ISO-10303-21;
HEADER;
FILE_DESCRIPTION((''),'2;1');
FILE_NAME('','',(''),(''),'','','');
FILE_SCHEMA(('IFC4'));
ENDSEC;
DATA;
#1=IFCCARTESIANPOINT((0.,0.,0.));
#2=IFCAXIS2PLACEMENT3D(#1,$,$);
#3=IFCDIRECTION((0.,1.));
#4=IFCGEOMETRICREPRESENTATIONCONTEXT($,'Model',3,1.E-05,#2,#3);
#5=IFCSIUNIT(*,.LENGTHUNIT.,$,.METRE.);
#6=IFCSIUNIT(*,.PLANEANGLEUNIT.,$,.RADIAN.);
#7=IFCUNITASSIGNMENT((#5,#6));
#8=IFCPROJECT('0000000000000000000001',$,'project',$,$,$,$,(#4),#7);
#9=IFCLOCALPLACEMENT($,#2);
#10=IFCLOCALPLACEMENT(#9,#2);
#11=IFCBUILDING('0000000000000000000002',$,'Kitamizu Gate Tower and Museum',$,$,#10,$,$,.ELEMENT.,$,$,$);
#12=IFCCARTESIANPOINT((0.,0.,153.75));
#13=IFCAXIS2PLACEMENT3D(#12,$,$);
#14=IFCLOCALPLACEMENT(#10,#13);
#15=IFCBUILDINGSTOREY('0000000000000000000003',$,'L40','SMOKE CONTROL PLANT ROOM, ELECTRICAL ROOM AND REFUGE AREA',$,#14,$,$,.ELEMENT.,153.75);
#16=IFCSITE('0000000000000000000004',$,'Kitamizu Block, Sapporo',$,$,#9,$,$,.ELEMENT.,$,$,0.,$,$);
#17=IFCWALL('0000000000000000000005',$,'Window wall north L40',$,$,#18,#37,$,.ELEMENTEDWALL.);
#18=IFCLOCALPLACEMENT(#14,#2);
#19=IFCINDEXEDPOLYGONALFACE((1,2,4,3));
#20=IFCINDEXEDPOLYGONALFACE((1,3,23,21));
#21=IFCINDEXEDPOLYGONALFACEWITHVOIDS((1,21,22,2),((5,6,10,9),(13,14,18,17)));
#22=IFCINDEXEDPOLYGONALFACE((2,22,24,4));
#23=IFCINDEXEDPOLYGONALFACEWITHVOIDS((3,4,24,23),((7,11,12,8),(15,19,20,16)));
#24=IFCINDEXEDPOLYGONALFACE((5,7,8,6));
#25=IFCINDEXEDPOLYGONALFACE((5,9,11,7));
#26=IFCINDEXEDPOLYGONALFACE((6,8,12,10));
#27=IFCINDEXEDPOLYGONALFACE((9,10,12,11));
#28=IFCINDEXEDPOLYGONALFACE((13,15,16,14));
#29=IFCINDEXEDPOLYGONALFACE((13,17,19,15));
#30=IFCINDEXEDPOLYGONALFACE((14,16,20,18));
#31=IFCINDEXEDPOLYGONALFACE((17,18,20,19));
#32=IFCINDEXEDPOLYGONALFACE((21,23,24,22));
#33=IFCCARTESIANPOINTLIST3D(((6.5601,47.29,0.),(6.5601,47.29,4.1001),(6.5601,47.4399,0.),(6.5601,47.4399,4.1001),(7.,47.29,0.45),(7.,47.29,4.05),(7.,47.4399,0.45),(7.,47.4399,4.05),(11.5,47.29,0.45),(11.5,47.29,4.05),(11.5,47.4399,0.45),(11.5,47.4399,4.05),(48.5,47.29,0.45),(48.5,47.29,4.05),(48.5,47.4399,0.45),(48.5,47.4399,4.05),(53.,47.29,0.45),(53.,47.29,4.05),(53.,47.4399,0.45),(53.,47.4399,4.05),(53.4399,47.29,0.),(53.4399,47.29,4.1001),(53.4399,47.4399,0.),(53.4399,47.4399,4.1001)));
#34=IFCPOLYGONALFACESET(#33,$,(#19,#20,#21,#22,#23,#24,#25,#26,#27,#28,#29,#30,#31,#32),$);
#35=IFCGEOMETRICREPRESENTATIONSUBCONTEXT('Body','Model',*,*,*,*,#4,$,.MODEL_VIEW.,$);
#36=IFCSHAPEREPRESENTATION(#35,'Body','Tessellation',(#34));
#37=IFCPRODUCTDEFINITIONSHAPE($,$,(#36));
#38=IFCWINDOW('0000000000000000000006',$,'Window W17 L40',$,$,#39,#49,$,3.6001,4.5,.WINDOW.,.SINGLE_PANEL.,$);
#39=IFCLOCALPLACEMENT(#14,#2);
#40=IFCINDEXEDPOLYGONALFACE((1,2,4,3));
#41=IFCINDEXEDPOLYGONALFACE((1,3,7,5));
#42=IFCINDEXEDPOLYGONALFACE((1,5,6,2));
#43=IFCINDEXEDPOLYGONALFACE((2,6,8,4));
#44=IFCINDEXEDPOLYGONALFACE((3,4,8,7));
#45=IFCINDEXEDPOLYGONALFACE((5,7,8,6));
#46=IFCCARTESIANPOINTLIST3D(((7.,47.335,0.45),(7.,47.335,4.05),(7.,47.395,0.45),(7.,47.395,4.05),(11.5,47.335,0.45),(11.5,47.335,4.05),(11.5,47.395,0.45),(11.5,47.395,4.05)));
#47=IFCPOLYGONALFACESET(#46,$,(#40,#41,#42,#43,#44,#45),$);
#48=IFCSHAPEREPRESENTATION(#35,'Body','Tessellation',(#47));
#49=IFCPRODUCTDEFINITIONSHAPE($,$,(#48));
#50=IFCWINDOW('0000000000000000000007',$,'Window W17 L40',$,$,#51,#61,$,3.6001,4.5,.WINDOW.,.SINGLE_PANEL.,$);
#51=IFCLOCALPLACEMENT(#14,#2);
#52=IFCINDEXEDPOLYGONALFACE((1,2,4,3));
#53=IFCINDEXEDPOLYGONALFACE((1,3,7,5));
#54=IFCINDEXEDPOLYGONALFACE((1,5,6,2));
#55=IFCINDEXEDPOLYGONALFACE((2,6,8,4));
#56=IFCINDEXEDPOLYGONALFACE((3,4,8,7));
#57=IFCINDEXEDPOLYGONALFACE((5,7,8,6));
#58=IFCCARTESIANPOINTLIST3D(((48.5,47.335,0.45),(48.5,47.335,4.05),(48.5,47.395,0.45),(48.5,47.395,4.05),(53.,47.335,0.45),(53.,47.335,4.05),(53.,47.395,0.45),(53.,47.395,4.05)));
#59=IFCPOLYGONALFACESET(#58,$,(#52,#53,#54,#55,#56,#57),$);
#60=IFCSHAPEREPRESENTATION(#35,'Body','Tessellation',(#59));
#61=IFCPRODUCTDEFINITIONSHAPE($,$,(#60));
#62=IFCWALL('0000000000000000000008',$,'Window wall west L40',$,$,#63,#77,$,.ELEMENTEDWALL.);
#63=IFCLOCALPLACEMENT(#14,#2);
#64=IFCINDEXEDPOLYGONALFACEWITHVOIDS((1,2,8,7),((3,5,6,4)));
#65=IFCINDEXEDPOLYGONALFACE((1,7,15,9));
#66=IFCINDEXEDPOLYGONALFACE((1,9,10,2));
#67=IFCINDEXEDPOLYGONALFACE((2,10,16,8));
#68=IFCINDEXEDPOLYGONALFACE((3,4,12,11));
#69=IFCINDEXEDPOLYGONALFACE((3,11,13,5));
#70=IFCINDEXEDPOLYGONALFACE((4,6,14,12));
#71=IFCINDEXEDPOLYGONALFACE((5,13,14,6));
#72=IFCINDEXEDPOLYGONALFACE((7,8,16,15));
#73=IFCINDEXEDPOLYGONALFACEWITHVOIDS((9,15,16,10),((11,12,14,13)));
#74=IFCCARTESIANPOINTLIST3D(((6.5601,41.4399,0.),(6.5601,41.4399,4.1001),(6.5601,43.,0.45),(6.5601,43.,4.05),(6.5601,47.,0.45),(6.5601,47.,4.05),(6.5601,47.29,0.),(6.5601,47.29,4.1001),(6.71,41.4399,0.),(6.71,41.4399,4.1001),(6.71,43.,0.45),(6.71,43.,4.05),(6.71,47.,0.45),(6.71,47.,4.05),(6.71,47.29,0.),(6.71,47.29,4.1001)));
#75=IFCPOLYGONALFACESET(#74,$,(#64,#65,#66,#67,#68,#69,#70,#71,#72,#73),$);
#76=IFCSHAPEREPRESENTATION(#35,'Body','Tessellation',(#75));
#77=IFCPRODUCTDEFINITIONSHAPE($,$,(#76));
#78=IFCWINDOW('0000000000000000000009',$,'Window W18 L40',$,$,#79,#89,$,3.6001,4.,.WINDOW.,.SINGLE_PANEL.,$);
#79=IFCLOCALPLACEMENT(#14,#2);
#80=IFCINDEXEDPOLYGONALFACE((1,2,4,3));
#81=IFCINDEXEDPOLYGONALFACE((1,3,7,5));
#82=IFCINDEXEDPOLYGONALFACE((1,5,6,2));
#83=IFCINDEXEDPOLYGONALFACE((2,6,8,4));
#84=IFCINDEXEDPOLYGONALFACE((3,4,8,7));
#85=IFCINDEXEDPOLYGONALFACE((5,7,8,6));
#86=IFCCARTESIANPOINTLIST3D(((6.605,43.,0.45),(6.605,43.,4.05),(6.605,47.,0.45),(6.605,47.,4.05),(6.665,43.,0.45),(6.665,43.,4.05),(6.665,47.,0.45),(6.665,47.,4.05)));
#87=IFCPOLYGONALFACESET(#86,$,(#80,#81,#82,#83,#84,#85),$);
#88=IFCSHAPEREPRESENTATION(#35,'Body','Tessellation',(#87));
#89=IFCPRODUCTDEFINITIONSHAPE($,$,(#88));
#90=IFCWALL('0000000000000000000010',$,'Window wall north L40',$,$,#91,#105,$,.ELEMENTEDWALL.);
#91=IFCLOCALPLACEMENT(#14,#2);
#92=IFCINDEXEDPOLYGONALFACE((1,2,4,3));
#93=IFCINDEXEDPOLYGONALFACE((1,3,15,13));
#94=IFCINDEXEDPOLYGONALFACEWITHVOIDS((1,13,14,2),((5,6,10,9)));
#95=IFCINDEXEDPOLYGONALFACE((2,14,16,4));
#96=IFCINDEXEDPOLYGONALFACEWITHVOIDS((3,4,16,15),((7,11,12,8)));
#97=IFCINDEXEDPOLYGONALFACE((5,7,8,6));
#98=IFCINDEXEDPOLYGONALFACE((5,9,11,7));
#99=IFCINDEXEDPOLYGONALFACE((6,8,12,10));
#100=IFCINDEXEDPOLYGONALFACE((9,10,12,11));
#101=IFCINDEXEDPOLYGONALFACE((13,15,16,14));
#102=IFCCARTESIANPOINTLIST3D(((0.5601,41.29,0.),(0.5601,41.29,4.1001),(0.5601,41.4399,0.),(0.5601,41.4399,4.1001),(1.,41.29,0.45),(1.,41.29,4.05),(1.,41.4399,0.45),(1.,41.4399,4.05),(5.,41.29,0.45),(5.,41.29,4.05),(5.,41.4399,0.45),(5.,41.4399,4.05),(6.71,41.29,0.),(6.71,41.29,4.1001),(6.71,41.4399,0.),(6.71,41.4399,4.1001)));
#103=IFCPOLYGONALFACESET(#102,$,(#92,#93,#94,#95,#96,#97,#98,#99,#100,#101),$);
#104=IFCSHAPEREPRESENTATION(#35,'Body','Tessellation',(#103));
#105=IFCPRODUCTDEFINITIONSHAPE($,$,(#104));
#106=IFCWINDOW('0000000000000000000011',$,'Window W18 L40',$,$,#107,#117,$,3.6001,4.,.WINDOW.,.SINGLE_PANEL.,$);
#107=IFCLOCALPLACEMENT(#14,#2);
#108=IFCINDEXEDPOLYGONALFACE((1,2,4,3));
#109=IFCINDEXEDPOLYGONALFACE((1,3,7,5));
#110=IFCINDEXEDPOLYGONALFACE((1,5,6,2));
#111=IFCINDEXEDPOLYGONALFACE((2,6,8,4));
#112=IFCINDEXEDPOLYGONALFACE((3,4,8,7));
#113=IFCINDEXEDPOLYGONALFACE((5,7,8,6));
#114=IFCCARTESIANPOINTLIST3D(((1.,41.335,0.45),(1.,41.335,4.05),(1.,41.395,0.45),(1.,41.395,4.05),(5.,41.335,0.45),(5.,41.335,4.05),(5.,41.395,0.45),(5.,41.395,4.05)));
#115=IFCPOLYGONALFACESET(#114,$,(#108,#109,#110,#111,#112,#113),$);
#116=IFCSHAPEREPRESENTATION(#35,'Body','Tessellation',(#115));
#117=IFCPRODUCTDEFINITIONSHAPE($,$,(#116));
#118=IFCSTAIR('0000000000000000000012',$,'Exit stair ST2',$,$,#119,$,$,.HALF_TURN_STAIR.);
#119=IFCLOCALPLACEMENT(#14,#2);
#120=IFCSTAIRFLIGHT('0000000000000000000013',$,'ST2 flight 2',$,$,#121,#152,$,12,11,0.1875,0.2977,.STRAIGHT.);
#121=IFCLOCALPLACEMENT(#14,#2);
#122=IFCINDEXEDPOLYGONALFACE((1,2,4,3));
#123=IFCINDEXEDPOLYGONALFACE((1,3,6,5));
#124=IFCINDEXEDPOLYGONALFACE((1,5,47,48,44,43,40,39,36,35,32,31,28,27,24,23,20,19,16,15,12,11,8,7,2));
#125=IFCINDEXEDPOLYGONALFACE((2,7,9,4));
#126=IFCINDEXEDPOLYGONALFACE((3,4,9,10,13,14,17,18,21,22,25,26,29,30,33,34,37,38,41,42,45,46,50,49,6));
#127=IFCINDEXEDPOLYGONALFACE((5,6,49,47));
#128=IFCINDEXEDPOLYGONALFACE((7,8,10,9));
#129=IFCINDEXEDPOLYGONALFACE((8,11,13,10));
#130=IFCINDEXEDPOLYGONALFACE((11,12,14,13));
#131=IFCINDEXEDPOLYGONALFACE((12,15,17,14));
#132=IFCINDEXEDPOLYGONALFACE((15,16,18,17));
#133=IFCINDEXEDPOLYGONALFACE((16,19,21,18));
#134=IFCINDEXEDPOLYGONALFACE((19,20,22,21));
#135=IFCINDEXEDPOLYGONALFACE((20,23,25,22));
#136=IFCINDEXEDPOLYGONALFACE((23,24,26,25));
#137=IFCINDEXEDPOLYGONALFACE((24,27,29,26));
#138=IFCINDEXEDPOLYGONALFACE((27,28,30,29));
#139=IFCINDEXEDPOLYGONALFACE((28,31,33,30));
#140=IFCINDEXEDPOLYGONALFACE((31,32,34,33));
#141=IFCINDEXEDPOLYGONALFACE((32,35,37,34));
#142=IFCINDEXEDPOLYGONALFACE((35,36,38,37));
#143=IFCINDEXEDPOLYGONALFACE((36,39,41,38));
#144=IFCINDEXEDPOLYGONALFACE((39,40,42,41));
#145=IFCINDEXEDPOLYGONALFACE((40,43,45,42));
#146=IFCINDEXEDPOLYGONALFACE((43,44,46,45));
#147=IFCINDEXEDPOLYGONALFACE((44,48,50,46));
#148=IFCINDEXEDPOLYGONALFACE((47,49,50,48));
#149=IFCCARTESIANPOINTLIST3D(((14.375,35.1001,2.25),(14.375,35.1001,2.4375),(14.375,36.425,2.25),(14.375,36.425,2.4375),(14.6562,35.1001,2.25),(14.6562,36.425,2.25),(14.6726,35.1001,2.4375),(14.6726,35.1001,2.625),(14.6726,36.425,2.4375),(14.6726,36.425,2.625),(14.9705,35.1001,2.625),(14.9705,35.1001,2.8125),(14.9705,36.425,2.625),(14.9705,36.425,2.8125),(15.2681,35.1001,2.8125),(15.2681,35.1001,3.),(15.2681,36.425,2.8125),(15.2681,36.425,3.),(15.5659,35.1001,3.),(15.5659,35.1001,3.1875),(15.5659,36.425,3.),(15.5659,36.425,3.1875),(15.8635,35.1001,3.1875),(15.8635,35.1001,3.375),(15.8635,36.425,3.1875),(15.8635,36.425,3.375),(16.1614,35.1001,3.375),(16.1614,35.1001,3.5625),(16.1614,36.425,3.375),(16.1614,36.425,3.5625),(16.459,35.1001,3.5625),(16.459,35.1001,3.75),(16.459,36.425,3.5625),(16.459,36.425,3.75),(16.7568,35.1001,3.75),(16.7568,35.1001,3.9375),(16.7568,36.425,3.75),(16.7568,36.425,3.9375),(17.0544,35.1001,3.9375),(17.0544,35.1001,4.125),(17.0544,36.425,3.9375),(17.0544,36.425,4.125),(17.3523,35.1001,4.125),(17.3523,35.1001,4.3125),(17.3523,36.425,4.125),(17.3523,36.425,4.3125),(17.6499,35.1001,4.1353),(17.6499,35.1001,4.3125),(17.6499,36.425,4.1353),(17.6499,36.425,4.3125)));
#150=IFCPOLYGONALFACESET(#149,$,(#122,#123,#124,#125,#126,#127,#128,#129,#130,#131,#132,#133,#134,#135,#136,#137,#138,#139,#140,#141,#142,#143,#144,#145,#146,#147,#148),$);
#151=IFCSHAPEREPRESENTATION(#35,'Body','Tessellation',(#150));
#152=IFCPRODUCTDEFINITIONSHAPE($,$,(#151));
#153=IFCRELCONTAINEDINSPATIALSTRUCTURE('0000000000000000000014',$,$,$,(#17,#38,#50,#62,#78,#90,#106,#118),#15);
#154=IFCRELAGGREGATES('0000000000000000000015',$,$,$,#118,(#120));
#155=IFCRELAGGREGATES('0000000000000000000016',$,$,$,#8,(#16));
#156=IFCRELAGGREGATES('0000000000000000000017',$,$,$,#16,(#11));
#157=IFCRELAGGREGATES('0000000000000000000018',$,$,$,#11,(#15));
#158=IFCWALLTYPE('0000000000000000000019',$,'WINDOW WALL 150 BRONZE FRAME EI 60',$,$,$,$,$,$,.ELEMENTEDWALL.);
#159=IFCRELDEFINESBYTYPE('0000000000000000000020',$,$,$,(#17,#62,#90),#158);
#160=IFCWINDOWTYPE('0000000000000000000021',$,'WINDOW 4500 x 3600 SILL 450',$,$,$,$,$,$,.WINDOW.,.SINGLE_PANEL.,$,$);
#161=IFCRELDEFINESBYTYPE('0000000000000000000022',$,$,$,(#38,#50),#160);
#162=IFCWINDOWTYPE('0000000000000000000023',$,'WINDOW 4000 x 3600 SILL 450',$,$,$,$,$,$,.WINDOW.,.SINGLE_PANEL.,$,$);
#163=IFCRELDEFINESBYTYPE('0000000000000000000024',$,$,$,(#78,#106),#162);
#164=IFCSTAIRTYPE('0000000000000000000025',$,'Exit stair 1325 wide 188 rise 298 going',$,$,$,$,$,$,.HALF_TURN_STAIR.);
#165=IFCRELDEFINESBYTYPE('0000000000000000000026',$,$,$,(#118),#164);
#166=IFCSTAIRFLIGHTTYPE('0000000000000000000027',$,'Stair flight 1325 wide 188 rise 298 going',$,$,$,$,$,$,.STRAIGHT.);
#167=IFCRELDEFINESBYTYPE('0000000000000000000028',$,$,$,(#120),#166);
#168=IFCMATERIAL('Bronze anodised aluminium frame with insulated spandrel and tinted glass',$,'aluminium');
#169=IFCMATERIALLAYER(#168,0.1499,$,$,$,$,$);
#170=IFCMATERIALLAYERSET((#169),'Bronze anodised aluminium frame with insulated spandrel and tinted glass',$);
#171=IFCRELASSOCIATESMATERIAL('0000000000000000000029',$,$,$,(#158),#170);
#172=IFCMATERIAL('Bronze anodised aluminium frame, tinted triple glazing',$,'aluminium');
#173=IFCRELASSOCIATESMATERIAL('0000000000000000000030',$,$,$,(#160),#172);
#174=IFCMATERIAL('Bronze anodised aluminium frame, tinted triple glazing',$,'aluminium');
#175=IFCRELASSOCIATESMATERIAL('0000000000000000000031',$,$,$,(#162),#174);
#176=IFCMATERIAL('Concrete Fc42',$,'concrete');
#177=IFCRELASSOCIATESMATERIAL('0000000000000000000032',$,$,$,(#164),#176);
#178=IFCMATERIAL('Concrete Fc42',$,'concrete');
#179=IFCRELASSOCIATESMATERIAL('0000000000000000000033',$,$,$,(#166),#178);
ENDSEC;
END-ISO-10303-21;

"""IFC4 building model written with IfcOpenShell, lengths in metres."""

from ifc_helpers import new_model, si_unit, direction, frame, frame_2d, origin, place, context, subcontext, project, spatial, polyline, rectangle, outline, extrude, material, layer, layer_set, type_object, element, fill, aggregate, save


model = new_model("IFC4")

# Units and contexts
model_context = context("Model", 3, precision=1e-05, world=origin(), true_north=direction((0.0, 1.0)))
body_context = subcontext(model_context, "Body", "Model", "MODEL_VIEW")
ifc_project = project(units=[si_unit("LENGTHUNIT", "METRE"), si_unit("PLANEANGLEUNIT", "RADIAN")], contexts=[model_context])

# Site, building, storey
site_placement = place(None, origin())
site = spatial("IfcSite", under=ifc_project, at=site_placement, Name="Kitamizu Block, Sapporo", CompositionType="ELEMENT", RefElevation=0.0)
building_placement = place(site_placement, origin())
building = spatial("IfcBuilding", under=site, at=building_placement, Name="Kitamizu Gate Tower and Museum", CompositionType="ELEMENT")
storey_placement = place(building_placement, frame((0.0, 0.0, 153.75)))
storey = spatial("IfcBuildingStorey", under=building, at=storey_placement, Name="L40", Description="SMOKE CONTROL PLANT ROOM, ELECTRICAL ROOM AND REFUGE AREA", CompositionType="ELEMENT", Elevation=153.75)

# Wall, openings, windows
ifc_material_1 = material(Name="Bronze anodised aluminium frame with insulated spandrel and tinted glass", Category="aluminium")
ifc_layer_1 = layer(ifc_material_1, 0.1499)
ifc_layer_set_1 = layer_set([ifc_layer_1], Name="Bronze anodised aluminium frame with insulated spandrel and tinted glass")
wall_type_1 = type_object("IfcWallType", Name="WINDOW WALL 150 BRONZE FRAME EI 60", PredefinedType="ELEMENTEDWALL", material=ifc_layer_set_1)
wall_1_placement = place(storey_placement, frame((6.5601, 47.365, 0.0), z_axis=(0.0, 0.0, 1.0), x_axis=(1.0, 0.0, 0.0)))
wall_1 = element("IfcWall", 1, at=wall_1_placement, inside=storey, type_object=wall_type_1, Name="Window wall north L40", PredefinedType="ELEMENTEDWALL", context=body_context, shape_type="SweptSolid", body=[
    extrude(rectangle(XDim=46.8799, YDim=0.1499, at=frame_2d((23.4399, 0.0))), origin(), (0.0, 0.0, 1.0), 4.1001),
])
opening_1_placement = place(wall_1_placement, frame((0.4399, 0.0, 0.45)))
opening_1 = element("IfcOpeningElement", 2, at=opening_1_placement, cuts=wall_1, PredefinedType="OPENING", context=body_context, shape_type="SweptSolid", body=[
    extrude(rectangle(XDim=4.5, YDim=3.6001, at=frame_2d((2.25, 1.8))), frame((0.0, 0.085, 0.0), z_axis=(0.0, -1.0, 0.0), x_axis=(1.0, 0.0, 0.0)), (0.0, 0.0, 1.0), 0.1699),
])
opening_2_placement = place(wall_1_placement, frame((41.9399, 0.0, 0.45)))
opening_2 = element("IfcOpeningElement", 3, at=opening_2_placement, cuts=wall_1, PredefinedType="OPENING", context=body_context, shape_type="SweptSolid", body=[
    extrude(rectangle(XDim=4.5, YDim=3.6001, at=frame_2d((2.25, 1.8))), frame((0.0, 0.085, 0.0), z_axis=(0.0, -1.0, 0.0), x_axis=(1.0, 0.0, 0.0)), (0.0, 0.0, 1.0), 0.1699),
])
ifc_material_2 = material(Name="Bronze anodised aluminium frame, tinted triple glazing", Category="aluminium")
window_type_1 = type_object("IfcWindowType", Name="WINDOW 4500 x 3600 SILL 450", PartitioningType="SINGLE_PANEL", PredefinedType="WINDOW", material=ifc_material_2)
window_1_placement = place(opening_1_placement, origin())
window_1 = element("IfcWindow", 4, at=window_1_placement, inside=storey, type_object=window_type_1, Name="Window W17 L40", OverallHeight=3.6001, OverallWidth=4.5, PartitioningType="SINGLE_PANEL", PredefinedType="WINDOW", context=body_context, shape_type="SweptSolid", body=[
    extrude(rectangle(XDim=4.5, YDim=3.6001, at=frame_2d((2.25, 1.8))), frame((0.0, 0.03, 0.0), z_axis=(0.0, -1.0, 0.0), x_axis=(1.0, 0.0, 0.0)), (0.0, 0.0, 1.0), 0.0601),
])
fill(opening_1, window_1)
window_2_placement = place(opening_2_placement, origin())
window_2 = element("IfcWindow", 5, at=window_2_placement, inside=storey, type_object=window_type_1, Name="Window W17 L40", OverallHeight=3.6001, OverallWidth=4.5, PartitioningType="SINGLE_PANEL", PredefinedType="WINDOW", context=body_context, shape_type="SweptSolid", body=[
    extrude(rectangle(XDim=4.5, YDim=3.6001, at=frame_2d((2.25, 1.8))), frame((0.0, 0.03, 0.0), z_axis=(0.0, -1.0, 0.0), x_axis=(1.0, 0.0, 0.0)), (0.0, 0.0, 1.0), 0.0601),
])
fill(opening_2, window_2)

# Walls, openings, windows
wall_2_placement = place(storey_placement, frame((6.635, 41.4399, 0.0), z_axis=(0.0, 0.0, 1.0), x_axis=(0.0, 1.0, 0.0)))
wall_2 = element("IfcWall", 6, at=wall_2_placement, inside=storey, type_object=wall_type_1, Name="Window wall west L40", PredefinedType="ELEMENTEDWALL", context=body_context, shape_type="SweptSolid", body=[
    extrude(rectangle(XDim=5.8501, YDim=0.1499, at=frame_2d((2.925, 0.0))), origin(), (0.0, 0.0, 1.0), 4.1001),
])
opening_3_placement = place(wall_2_placement, frame((1.5601, 0.0, 0.45)))
opening_3 = element("IfcOpeningElement", 7, at=opening_3_placement, cuts=wall_2, PredefinedType="OPENING", context=body_context, shape_type="SweptSolid", body=[
    extrude(rectangle(XDim=4.0, YDim=3.6001, at=frame_2d((2.0, 1.8))), frame((0.0, 0.085, 0.0), z_axis=(0.0, -1.0, 0.0), x_axis=(1.0, 0.0, 0.0)), (0.0, 0.0, 1.0), 0.1699),
])
ifc_material_3 = material(Name="Bronze anodised aluminium frame, tinted triple glazing", Category="aluminium")
window_type_2 = type_object("IfcWindowType", Name="WINDOW 4000 x 3600 SILL 450", PartitioningType="SINGLE_PANEL", PredefinedType="WINDOW", material=ifc_material_3)
window_3_placement = place(opening_3_placement, origin())
window_3 = element("IfcWindow", 8, at=window_3_placement, inside=storey, type_object=window_type_2, Name="Window W18 L40", OverallHeight=3.6001, OverallWidth=4.0, PartitioningType="SINGLE_PANEL", PredefinedType="WINDOW", context=body_context, shape_type="SweptSolid", body=[
    extrude(rectangle(XDim=4.0, YDim=3.6001, at=frame_2d((2.0, 1.8))), frame((0.0, 0.03, 0.0), z_axis=(0.0, -1.0, 0.0), x_axis=(1.0, 0.0, 0.0)), (0.0, 0.0, 1.0), 0.0601),
])
fill(opening_3, window_3)
wall_3_placement = place(storey_placement, frame((0.5601, 41.365, 0.0), z_axis=(0.0, 0.0, 1.0), x_axis=(1.0, 0.0, 0.0)))
wall_3 = element("IfcWall", 9, at=wall_3_placement, inside=storey, type_object=wall_type_1, Name="Window wall north L40", PredefinedType="ELEMENTEDWALL", context=body_context, shape_type="SweptSolid", body=[
    extrude(rectangle(XDim=6.1499, YDim=0.1499, at=frame_2d((3.075, 0.0))), origin(), (0.0, 0.0, 1.0), 4.1001),
])
opening_4_placement = place(wall_3_placement, frame((0.4399, 0.0, 0.45)))
opening_4 = element("IfcOpeningElement", 10, at=opening_4_placement, cuts=wall_3, PredefinedType="OPENING", context=body_context, shape_type="SweptSolid", body=[
    extrude(rectangle(XDim=4.0, YDim=3.6001, at=frame_2d((2.0, 1.8))), frame((0.0, 0.085, 0.0), z_axis=(0.0, -1.0, 0.0), x_axis=(1.0, 0.0, 0.0)), (0.0, 0.0, 1.0), 0.1699),
])
window_4_placement = place(opening_4_placement, origin())
window_4 = element("IfcWindow", 11, at=window_4_placement, inside=storey, type_object=window_type_2, Name="Window W18 L40", OverallHeight=3.6001, OverallWidth=4.0, PartitioningType="SINGLE_PANEL", PredefinedType="WINDOW", context=body_context, shape_type="SweptSolid", body=[
    extrude(rectangle(XDim=4.0, YDim=3.6001, at=frame_2d((2.0, 1.8))), frame((0.0, 0.03, 0.0), z_axis=(0.0, -1.0, 0.0), x_axis=(1.0, 0.0, 0.0)), (0.0, 0.0, 1.0), 0.0601),
])
fill(opening_4, window_4)

# Stair, stair flight
ifc_material_4 = material(Name="Concrete Fc42", Category="concrete")
stair_type = type_object("IfcStairType", Name="Exit stair 1325 wide 188 rise 298 going", PredefinedType="HALF_TURN_STAIR", material=ifc_material_4)
stair_placement = place(storey_placement, origin())
stair = element("IfcStair", 12, at=stair_placement, inside=storey, type_object=stair_type, Name="Exit stair ST2", PredefinedType="HALF_TURN_STAIR")
ifc_material_5 = material(Name="Concrete Fc42", Category="concrete")
stair_flight_type = type_object("IfcStairFlightType", Name="Stair flight 1325 wide 188 rise 298 going", PredefinedType="STRAIGHT", material=ifc_material_5)
stair_flight_placement = place(storey_placement, frame((14.375, 35.7625, 2.25), z_axis=(0.0, 0.0, 1.0), x_axis=(1.0, 0.0, 0.0)))
stair_flight = element("IfcStairFlight", 13, at=stair_flight_placement, type_object=stair_flight_type, Name="ST2 flight 2", NumberOfRisers=12, NumberOfTreads=11, PredefinedType="STRAIGHT", RiserHeight=0.1875, TreadLength=0.2977, context=body_context, shape_type="SweptSolid", body=[
    extrude(outline(polyline([(0.0, 0.0), (0.0, 0.1875), (0.2976, 0.1875), (0.2976, 0.375), (0.5955, 0.375), (0.5955, 0.5625), (0.8931, 0.5625), (0.8931, 0.75), (1.1909, 0.75), (1.1909, 0.9375), (1.4885, 0.9375), (1.4885, 1.125), (1.7864, 1.125), (1.7864, 1.3125), (2.084, 1.3125), (2.084, 1.5), (2.3818, 1.5), (2.3818, 1.6875), (2.6794, 1.6875), (2.6794, 1.875), (2.9773, 1.875), (2.9773, 2.0625), (3.2749, 2.0625), (3.2749, 2.25), (3.2749, 1.8853), (0.2812, 0.0), (0.0, 0.0)])), frame((0.0, 0.6626, 0.0), z_axis=(0.0, -1.0, 0.0), x_axis=(1.0, 0.0, 0.0)), (0.0, 0.0, 1.0), 1.325),
])
aggregate(stair, [stair_flight])

save(model, "model.ifc")
